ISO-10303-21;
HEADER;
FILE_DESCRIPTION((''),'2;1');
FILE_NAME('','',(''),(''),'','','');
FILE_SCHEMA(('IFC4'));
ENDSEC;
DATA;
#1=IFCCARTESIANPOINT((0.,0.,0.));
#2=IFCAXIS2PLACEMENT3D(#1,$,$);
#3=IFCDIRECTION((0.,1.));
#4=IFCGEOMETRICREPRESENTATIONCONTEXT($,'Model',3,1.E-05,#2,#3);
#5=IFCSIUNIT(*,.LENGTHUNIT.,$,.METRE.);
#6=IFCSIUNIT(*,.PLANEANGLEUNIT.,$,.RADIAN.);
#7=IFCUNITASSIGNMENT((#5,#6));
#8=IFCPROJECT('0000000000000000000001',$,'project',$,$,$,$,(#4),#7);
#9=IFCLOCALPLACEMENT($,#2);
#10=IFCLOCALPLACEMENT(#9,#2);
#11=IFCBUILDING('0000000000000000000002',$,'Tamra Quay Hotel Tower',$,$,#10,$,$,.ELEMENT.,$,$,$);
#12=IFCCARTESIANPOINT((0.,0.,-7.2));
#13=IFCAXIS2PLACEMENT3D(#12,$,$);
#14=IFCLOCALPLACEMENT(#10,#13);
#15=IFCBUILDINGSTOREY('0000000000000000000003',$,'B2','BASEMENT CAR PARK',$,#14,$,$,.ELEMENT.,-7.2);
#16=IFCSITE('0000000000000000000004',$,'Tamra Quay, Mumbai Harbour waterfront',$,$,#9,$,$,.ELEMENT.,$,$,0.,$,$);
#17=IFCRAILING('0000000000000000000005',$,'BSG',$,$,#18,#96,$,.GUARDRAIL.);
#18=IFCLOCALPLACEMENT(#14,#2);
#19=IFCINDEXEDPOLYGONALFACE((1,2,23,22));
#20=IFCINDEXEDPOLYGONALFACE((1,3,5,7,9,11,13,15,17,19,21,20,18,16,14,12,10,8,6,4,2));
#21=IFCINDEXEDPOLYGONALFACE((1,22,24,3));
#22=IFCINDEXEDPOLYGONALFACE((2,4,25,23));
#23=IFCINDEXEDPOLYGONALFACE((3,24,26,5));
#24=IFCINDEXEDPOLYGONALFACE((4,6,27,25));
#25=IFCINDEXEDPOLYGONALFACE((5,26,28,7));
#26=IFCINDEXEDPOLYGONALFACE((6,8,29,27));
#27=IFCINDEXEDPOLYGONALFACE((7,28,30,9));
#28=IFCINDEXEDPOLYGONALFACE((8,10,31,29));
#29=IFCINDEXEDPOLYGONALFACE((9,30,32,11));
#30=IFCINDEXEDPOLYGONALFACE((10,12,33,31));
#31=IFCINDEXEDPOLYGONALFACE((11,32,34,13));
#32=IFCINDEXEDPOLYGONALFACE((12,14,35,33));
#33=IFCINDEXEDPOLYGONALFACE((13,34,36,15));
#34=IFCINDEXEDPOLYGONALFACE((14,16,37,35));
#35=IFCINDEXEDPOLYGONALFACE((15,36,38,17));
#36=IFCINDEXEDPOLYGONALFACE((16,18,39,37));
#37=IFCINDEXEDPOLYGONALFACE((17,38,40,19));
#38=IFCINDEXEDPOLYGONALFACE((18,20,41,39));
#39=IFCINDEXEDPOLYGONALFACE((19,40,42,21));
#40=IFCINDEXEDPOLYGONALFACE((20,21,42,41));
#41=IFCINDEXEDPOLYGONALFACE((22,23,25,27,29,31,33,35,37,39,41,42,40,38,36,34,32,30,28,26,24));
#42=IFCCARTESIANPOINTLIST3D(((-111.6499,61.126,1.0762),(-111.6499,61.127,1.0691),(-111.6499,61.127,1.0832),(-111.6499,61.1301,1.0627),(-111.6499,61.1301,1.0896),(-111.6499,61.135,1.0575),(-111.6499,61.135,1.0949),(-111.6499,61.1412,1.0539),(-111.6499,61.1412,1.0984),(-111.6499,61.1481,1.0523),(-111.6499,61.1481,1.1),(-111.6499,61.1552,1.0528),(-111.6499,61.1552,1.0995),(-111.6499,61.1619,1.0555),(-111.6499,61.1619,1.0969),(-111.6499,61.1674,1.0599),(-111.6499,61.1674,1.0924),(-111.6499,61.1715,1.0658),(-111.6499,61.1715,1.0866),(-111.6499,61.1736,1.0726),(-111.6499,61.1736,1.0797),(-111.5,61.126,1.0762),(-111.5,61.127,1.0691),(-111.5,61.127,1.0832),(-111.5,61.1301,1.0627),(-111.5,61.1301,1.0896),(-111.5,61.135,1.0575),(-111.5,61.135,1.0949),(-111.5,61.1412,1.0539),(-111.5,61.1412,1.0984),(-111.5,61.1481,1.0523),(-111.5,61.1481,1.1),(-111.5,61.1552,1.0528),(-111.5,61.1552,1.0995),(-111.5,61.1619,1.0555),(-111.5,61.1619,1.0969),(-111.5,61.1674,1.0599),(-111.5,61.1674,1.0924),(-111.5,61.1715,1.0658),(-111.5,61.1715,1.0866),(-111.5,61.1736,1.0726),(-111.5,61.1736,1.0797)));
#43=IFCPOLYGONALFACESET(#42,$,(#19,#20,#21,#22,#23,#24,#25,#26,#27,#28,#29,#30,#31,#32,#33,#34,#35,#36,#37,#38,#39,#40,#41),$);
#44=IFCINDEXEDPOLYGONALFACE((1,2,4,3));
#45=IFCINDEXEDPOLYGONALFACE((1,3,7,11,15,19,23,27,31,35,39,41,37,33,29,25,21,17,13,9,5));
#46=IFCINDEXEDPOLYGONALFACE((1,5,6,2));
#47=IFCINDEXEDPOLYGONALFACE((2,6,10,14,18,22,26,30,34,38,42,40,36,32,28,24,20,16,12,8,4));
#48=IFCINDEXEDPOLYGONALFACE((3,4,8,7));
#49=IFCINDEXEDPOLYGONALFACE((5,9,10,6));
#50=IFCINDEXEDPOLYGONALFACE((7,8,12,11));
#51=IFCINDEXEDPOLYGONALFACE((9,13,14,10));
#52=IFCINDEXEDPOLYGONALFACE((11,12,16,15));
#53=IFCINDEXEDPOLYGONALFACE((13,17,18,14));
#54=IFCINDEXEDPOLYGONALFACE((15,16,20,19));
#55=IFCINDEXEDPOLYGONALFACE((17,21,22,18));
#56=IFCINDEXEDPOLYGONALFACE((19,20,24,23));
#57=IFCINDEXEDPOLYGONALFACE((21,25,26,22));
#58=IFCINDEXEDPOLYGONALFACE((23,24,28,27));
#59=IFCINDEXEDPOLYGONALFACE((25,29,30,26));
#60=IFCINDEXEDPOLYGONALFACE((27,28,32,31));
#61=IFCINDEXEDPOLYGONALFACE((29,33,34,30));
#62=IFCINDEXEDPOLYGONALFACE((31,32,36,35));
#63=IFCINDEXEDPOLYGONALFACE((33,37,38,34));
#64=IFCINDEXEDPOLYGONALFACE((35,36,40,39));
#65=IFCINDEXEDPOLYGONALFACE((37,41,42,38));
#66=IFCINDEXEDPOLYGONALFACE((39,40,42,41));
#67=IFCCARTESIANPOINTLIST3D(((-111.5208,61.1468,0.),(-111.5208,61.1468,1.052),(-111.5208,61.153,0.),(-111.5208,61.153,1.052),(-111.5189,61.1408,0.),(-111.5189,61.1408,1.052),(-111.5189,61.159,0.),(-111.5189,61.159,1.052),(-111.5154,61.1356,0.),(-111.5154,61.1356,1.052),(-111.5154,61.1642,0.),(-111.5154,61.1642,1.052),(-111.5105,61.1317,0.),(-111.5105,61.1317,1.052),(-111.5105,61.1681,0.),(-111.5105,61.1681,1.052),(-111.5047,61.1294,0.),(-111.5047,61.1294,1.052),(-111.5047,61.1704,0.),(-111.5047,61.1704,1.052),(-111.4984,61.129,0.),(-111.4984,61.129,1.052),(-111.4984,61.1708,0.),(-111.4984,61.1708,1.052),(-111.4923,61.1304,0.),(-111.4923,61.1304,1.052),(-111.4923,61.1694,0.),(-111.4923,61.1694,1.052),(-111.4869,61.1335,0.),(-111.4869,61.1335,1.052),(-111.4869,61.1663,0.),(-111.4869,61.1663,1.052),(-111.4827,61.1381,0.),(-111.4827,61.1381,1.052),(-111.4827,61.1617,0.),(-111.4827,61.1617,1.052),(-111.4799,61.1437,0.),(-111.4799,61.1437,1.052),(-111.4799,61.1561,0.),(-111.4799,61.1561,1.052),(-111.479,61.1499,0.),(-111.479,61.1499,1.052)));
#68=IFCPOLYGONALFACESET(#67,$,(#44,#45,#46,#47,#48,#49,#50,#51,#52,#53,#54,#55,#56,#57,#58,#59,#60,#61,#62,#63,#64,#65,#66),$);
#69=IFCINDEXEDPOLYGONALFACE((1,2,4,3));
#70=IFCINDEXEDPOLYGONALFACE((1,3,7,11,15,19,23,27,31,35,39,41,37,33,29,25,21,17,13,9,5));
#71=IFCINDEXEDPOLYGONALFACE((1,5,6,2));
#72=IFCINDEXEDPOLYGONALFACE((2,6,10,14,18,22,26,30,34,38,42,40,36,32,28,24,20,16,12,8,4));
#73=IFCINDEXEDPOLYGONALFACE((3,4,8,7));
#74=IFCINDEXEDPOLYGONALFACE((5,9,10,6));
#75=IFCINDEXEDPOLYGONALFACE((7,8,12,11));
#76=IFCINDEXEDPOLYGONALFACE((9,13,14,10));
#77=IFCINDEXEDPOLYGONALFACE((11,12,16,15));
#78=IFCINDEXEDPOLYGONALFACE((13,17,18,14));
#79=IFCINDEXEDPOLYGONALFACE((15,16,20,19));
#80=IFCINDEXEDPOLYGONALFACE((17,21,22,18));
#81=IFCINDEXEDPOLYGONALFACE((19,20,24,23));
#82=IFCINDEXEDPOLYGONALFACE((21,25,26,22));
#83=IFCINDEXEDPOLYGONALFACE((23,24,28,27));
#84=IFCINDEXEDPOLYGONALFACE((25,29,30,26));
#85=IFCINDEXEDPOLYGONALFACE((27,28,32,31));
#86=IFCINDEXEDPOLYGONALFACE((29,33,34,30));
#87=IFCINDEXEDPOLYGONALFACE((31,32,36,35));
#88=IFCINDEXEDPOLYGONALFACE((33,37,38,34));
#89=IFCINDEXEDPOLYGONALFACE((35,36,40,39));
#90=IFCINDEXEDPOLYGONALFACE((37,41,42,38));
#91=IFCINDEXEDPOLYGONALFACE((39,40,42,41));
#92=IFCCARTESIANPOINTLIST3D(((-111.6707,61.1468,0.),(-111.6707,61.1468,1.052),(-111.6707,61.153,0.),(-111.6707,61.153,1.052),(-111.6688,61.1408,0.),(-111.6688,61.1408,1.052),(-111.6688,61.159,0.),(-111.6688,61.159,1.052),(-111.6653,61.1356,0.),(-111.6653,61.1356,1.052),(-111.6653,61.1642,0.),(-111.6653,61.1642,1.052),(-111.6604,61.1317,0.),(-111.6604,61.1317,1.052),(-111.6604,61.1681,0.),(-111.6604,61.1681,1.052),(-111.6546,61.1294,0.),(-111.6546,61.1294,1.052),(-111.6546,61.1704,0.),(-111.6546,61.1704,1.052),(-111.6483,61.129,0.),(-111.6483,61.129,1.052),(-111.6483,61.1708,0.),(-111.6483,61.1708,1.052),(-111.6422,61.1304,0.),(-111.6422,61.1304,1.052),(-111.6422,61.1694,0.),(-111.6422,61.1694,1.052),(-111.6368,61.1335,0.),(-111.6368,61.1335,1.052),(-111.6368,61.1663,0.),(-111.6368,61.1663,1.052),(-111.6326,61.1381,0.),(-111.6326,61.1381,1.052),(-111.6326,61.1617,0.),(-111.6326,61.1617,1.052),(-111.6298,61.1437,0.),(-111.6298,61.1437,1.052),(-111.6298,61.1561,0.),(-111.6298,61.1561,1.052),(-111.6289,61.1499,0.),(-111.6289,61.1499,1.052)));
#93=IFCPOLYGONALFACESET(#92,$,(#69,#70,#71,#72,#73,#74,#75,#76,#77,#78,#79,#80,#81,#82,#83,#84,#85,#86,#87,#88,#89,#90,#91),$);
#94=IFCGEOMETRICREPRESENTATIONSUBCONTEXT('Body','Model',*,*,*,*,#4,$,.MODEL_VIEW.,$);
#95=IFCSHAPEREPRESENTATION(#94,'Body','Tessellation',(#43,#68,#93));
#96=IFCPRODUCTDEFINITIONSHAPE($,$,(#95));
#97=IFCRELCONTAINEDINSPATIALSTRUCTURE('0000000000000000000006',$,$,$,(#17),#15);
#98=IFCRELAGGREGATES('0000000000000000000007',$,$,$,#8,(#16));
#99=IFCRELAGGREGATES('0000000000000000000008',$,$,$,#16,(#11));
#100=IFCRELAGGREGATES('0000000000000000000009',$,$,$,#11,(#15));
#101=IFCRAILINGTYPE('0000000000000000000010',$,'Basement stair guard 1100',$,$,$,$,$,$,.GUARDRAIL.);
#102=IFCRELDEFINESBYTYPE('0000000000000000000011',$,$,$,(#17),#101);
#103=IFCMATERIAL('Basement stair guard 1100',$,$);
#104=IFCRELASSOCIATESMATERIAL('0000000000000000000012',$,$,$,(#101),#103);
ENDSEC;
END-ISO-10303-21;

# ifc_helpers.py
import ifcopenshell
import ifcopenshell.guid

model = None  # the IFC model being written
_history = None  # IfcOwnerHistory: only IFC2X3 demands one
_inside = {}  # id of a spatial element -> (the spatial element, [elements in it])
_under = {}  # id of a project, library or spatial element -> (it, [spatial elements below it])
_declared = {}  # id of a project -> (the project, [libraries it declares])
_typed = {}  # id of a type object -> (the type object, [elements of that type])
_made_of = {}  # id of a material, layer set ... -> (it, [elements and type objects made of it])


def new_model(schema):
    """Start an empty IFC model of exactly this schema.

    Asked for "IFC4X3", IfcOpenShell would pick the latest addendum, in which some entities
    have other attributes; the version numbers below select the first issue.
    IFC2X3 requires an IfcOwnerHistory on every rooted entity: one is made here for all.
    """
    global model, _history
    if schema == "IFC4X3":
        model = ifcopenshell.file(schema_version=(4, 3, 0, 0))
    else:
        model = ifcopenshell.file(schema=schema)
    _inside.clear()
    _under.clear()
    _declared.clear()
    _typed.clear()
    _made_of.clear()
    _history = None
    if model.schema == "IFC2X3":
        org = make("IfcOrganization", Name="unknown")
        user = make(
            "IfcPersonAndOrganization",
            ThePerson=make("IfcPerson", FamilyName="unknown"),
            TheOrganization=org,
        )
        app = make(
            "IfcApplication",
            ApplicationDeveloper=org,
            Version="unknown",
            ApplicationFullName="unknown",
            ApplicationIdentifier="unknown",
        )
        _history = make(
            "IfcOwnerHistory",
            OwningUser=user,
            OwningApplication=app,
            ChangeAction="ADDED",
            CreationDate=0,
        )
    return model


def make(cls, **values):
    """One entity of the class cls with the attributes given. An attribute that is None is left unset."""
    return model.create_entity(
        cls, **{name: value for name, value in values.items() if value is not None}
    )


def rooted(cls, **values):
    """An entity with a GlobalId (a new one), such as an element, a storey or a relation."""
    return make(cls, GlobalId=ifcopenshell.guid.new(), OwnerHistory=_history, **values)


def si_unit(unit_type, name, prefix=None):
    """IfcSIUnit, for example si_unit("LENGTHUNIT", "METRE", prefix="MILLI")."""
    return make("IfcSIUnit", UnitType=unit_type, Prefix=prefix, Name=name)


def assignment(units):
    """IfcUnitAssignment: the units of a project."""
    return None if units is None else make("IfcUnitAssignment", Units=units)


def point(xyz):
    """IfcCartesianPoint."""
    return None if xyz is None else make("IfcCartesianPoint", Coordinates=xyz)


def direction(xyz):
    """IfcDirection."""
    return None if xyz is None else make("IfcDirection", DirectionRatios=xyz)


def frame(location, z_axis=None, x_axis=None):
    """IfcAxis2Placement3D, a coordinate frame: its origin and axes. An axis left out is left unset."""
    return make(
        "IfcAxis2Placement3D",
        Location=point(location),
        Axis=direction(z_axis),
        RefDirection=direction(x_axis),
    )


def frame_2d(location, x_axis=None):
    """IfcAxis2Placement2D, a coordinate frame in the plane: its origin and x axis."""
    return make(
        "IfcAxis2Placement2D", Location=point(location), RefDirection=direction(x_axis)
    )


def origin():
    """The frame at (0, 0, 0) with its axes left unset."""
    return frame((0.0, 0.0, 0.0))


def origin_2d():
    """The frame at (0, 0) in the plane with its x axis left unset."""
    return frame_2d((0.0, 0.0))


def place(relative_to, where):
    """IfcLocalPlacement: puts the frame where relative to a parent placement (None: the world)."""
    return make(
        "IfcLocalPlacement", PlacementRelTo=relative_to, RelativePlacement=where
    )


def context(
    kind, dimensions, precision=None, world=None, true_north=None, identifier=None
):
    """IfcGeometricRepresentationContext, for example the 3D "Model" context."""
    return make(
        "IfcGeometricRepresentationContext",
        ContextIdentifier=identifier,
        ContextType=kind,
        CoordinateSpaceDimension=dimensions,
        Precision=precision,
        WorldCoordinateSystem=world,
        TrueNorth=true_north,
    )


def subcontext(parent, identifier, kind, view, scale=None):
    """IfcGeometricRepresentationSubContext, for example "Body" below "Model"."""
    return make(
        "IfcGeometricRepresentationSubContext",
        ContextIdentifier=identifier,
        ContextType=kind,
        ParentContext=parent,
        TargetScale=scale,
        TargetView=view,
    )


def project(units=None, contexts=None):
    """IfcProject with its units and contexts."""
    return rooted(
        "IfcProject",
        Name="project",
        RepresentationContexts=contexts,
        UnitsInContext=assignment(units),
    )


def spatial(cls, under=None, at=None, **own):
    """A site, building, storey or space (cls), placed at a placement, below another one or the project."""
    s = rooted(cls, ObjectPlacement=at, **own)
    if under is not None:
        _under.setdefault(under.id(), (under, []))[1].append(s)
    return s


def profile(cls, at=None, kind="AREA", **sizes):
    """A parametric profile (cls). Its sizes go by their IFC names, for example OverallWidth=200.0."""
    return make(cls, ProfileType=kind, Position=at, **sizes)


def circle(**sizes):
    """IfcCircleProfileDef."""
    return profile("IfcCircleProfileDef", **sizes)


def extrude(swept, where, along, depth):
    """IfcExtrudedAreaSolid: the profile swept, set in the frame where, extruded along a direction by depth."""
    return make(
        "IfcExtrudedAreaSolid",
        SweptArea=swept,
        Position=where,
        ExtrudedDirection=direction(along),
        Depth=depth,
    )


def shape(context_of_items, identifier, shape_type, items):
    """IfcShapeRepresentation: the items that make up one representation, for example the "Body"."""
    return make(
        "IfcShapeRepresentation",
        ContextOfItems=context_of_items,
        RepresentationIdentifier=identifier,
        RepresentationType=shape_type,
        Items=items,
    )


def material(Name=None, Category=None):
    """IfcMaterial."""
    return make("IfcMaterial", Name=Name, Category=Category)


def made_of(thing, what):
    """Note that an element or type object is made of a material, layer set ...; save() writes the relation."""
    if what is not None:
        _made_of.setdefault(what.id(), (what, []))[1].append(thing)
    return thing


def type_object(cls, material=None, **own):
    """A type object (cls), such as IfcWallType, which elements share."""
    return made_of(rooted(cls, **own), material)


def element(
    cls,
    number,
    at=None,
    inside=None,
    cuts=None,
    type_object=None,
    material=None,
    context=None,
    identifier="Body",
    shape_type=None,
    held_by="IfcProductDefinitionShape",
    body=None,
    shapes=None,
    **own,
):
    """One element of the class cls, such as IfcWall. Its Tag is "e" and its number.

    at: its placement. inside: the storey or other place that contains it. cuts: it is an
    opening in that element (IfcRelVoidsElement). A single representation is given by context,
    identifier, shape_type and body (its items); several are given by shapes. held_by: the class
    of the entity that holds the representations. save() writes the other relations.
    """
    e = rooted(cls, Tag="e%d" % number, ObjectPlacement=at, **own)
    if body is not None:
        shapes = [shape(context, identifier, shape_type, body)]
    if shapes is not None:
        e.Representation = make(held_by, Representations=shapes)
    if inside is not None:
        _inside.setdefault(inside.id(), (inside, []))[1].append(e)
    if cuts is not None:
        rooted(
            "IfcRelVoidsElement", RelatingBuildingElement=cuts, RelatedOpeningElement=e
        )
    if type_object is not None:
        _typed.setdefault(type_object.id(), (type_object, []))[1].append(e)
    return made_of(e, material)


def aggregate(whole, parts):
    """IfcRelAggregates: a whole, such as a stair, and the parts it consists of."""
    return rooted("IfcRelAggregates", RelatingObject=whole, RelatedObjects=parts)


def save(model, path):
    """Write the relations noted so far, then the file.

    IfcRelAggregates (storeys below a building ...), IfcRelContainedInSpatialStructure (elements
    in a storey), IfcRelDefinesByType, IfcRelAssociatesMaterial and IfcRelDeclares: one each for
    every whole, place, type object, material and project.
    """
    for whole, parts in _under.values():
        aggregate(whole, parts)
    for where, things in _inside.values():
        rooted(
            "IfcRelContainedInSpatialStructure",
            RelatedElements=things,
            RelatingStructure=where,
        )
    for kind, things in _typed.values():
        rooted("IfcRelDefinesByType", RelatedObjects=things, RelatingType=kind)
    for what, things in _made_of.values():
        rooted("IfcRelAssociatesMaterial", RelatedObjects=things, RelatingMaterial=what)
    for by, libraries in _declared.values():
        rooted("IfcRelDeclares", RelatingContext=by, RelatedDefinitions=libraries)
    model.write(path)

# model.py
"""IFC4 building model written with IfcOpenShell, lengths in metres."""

from ifc_helpers import new_model, si_unit, direction, frame, origin, origin_2d, place, context, subcontext, project, spatial, circle, extrude, material, type_object, element, save


model = new_model("IFC4")

# Units and contexts
model_context = context("Model", 3, precision=1e-05, world=origin(), true_north=direction((0.0, 1.0)))
body_context = subcontext(model_context, "Body", "Model", "MODEL_VIEW")
ifc_project = project(units=[si_unit("LENGTHUNIT", "METRE"), si_unit("PLANEANGLEUNIT", "RADIAN")], contexts=[model_context])

# Site, building, storey
site_placement = place(None, origin())
site = spatial("IfcSite", under=ifc_project, at=site_placement, Name="Tamra Quay, Mumbai Harbour waterfront", CompositionType="ELEMENT", RefElevation=0.0)
building_placement = place(site_placement, origin())
building = spatial("IfcBuilding", under=site, at=building_placement, Name="Tamra Quay Hotel Tower", CompositionType="ELEMENT")
storey_placement = place(building_placement, frame((0.0, 0.0, -7.2)))
storey = spatial("IfcBuildingStorey", under=building, at=storey_placement, Name="B2", Description="BASEMENT CAR PARK", CompositionType="ELEMENT", Elevation=-7.2)

# Railing
ifc_material_1 = material(Name="Basement stair guard 1100")
railing_type_1 = type_object("IfcRailingType", Name="Basement stair guard 1100", PredefinedType="GUARDRAIL", material=ifc_material_1)
railing_1_placement = place(storey_placement, frame((-111.5, 61.1499, 0.0)))
element("IfcRailing", 1, at=railing_1_placement, inside=storey, type_object=railing_type_1, Name="BSG", PredefinedType="GUARDRAIL", context=body_context, shape_type="SweptSolid", body=[
    extrude(circle(Radius=0.0239, at=origin_2d()), frame((0.0, 0.0, 1.0762), z_axis=(-1.0, 0.0, 0.0), x_axis=(0.0, -1.0, 0.0)), (0.0, 0.0, 1.0), 0.1499),
    extrude(circle(Radius=0.021, at=origin_2d()), origin(), (0.0, 0.0, 1.0), 1.052),
    extrude(circle(Radius=0.021, at=origin_2d()), frame((-0.1499, 0.0, 0.0)), (0.0, 0.0, 1.0), 1.052),
])

save(model, "model.ifc")
